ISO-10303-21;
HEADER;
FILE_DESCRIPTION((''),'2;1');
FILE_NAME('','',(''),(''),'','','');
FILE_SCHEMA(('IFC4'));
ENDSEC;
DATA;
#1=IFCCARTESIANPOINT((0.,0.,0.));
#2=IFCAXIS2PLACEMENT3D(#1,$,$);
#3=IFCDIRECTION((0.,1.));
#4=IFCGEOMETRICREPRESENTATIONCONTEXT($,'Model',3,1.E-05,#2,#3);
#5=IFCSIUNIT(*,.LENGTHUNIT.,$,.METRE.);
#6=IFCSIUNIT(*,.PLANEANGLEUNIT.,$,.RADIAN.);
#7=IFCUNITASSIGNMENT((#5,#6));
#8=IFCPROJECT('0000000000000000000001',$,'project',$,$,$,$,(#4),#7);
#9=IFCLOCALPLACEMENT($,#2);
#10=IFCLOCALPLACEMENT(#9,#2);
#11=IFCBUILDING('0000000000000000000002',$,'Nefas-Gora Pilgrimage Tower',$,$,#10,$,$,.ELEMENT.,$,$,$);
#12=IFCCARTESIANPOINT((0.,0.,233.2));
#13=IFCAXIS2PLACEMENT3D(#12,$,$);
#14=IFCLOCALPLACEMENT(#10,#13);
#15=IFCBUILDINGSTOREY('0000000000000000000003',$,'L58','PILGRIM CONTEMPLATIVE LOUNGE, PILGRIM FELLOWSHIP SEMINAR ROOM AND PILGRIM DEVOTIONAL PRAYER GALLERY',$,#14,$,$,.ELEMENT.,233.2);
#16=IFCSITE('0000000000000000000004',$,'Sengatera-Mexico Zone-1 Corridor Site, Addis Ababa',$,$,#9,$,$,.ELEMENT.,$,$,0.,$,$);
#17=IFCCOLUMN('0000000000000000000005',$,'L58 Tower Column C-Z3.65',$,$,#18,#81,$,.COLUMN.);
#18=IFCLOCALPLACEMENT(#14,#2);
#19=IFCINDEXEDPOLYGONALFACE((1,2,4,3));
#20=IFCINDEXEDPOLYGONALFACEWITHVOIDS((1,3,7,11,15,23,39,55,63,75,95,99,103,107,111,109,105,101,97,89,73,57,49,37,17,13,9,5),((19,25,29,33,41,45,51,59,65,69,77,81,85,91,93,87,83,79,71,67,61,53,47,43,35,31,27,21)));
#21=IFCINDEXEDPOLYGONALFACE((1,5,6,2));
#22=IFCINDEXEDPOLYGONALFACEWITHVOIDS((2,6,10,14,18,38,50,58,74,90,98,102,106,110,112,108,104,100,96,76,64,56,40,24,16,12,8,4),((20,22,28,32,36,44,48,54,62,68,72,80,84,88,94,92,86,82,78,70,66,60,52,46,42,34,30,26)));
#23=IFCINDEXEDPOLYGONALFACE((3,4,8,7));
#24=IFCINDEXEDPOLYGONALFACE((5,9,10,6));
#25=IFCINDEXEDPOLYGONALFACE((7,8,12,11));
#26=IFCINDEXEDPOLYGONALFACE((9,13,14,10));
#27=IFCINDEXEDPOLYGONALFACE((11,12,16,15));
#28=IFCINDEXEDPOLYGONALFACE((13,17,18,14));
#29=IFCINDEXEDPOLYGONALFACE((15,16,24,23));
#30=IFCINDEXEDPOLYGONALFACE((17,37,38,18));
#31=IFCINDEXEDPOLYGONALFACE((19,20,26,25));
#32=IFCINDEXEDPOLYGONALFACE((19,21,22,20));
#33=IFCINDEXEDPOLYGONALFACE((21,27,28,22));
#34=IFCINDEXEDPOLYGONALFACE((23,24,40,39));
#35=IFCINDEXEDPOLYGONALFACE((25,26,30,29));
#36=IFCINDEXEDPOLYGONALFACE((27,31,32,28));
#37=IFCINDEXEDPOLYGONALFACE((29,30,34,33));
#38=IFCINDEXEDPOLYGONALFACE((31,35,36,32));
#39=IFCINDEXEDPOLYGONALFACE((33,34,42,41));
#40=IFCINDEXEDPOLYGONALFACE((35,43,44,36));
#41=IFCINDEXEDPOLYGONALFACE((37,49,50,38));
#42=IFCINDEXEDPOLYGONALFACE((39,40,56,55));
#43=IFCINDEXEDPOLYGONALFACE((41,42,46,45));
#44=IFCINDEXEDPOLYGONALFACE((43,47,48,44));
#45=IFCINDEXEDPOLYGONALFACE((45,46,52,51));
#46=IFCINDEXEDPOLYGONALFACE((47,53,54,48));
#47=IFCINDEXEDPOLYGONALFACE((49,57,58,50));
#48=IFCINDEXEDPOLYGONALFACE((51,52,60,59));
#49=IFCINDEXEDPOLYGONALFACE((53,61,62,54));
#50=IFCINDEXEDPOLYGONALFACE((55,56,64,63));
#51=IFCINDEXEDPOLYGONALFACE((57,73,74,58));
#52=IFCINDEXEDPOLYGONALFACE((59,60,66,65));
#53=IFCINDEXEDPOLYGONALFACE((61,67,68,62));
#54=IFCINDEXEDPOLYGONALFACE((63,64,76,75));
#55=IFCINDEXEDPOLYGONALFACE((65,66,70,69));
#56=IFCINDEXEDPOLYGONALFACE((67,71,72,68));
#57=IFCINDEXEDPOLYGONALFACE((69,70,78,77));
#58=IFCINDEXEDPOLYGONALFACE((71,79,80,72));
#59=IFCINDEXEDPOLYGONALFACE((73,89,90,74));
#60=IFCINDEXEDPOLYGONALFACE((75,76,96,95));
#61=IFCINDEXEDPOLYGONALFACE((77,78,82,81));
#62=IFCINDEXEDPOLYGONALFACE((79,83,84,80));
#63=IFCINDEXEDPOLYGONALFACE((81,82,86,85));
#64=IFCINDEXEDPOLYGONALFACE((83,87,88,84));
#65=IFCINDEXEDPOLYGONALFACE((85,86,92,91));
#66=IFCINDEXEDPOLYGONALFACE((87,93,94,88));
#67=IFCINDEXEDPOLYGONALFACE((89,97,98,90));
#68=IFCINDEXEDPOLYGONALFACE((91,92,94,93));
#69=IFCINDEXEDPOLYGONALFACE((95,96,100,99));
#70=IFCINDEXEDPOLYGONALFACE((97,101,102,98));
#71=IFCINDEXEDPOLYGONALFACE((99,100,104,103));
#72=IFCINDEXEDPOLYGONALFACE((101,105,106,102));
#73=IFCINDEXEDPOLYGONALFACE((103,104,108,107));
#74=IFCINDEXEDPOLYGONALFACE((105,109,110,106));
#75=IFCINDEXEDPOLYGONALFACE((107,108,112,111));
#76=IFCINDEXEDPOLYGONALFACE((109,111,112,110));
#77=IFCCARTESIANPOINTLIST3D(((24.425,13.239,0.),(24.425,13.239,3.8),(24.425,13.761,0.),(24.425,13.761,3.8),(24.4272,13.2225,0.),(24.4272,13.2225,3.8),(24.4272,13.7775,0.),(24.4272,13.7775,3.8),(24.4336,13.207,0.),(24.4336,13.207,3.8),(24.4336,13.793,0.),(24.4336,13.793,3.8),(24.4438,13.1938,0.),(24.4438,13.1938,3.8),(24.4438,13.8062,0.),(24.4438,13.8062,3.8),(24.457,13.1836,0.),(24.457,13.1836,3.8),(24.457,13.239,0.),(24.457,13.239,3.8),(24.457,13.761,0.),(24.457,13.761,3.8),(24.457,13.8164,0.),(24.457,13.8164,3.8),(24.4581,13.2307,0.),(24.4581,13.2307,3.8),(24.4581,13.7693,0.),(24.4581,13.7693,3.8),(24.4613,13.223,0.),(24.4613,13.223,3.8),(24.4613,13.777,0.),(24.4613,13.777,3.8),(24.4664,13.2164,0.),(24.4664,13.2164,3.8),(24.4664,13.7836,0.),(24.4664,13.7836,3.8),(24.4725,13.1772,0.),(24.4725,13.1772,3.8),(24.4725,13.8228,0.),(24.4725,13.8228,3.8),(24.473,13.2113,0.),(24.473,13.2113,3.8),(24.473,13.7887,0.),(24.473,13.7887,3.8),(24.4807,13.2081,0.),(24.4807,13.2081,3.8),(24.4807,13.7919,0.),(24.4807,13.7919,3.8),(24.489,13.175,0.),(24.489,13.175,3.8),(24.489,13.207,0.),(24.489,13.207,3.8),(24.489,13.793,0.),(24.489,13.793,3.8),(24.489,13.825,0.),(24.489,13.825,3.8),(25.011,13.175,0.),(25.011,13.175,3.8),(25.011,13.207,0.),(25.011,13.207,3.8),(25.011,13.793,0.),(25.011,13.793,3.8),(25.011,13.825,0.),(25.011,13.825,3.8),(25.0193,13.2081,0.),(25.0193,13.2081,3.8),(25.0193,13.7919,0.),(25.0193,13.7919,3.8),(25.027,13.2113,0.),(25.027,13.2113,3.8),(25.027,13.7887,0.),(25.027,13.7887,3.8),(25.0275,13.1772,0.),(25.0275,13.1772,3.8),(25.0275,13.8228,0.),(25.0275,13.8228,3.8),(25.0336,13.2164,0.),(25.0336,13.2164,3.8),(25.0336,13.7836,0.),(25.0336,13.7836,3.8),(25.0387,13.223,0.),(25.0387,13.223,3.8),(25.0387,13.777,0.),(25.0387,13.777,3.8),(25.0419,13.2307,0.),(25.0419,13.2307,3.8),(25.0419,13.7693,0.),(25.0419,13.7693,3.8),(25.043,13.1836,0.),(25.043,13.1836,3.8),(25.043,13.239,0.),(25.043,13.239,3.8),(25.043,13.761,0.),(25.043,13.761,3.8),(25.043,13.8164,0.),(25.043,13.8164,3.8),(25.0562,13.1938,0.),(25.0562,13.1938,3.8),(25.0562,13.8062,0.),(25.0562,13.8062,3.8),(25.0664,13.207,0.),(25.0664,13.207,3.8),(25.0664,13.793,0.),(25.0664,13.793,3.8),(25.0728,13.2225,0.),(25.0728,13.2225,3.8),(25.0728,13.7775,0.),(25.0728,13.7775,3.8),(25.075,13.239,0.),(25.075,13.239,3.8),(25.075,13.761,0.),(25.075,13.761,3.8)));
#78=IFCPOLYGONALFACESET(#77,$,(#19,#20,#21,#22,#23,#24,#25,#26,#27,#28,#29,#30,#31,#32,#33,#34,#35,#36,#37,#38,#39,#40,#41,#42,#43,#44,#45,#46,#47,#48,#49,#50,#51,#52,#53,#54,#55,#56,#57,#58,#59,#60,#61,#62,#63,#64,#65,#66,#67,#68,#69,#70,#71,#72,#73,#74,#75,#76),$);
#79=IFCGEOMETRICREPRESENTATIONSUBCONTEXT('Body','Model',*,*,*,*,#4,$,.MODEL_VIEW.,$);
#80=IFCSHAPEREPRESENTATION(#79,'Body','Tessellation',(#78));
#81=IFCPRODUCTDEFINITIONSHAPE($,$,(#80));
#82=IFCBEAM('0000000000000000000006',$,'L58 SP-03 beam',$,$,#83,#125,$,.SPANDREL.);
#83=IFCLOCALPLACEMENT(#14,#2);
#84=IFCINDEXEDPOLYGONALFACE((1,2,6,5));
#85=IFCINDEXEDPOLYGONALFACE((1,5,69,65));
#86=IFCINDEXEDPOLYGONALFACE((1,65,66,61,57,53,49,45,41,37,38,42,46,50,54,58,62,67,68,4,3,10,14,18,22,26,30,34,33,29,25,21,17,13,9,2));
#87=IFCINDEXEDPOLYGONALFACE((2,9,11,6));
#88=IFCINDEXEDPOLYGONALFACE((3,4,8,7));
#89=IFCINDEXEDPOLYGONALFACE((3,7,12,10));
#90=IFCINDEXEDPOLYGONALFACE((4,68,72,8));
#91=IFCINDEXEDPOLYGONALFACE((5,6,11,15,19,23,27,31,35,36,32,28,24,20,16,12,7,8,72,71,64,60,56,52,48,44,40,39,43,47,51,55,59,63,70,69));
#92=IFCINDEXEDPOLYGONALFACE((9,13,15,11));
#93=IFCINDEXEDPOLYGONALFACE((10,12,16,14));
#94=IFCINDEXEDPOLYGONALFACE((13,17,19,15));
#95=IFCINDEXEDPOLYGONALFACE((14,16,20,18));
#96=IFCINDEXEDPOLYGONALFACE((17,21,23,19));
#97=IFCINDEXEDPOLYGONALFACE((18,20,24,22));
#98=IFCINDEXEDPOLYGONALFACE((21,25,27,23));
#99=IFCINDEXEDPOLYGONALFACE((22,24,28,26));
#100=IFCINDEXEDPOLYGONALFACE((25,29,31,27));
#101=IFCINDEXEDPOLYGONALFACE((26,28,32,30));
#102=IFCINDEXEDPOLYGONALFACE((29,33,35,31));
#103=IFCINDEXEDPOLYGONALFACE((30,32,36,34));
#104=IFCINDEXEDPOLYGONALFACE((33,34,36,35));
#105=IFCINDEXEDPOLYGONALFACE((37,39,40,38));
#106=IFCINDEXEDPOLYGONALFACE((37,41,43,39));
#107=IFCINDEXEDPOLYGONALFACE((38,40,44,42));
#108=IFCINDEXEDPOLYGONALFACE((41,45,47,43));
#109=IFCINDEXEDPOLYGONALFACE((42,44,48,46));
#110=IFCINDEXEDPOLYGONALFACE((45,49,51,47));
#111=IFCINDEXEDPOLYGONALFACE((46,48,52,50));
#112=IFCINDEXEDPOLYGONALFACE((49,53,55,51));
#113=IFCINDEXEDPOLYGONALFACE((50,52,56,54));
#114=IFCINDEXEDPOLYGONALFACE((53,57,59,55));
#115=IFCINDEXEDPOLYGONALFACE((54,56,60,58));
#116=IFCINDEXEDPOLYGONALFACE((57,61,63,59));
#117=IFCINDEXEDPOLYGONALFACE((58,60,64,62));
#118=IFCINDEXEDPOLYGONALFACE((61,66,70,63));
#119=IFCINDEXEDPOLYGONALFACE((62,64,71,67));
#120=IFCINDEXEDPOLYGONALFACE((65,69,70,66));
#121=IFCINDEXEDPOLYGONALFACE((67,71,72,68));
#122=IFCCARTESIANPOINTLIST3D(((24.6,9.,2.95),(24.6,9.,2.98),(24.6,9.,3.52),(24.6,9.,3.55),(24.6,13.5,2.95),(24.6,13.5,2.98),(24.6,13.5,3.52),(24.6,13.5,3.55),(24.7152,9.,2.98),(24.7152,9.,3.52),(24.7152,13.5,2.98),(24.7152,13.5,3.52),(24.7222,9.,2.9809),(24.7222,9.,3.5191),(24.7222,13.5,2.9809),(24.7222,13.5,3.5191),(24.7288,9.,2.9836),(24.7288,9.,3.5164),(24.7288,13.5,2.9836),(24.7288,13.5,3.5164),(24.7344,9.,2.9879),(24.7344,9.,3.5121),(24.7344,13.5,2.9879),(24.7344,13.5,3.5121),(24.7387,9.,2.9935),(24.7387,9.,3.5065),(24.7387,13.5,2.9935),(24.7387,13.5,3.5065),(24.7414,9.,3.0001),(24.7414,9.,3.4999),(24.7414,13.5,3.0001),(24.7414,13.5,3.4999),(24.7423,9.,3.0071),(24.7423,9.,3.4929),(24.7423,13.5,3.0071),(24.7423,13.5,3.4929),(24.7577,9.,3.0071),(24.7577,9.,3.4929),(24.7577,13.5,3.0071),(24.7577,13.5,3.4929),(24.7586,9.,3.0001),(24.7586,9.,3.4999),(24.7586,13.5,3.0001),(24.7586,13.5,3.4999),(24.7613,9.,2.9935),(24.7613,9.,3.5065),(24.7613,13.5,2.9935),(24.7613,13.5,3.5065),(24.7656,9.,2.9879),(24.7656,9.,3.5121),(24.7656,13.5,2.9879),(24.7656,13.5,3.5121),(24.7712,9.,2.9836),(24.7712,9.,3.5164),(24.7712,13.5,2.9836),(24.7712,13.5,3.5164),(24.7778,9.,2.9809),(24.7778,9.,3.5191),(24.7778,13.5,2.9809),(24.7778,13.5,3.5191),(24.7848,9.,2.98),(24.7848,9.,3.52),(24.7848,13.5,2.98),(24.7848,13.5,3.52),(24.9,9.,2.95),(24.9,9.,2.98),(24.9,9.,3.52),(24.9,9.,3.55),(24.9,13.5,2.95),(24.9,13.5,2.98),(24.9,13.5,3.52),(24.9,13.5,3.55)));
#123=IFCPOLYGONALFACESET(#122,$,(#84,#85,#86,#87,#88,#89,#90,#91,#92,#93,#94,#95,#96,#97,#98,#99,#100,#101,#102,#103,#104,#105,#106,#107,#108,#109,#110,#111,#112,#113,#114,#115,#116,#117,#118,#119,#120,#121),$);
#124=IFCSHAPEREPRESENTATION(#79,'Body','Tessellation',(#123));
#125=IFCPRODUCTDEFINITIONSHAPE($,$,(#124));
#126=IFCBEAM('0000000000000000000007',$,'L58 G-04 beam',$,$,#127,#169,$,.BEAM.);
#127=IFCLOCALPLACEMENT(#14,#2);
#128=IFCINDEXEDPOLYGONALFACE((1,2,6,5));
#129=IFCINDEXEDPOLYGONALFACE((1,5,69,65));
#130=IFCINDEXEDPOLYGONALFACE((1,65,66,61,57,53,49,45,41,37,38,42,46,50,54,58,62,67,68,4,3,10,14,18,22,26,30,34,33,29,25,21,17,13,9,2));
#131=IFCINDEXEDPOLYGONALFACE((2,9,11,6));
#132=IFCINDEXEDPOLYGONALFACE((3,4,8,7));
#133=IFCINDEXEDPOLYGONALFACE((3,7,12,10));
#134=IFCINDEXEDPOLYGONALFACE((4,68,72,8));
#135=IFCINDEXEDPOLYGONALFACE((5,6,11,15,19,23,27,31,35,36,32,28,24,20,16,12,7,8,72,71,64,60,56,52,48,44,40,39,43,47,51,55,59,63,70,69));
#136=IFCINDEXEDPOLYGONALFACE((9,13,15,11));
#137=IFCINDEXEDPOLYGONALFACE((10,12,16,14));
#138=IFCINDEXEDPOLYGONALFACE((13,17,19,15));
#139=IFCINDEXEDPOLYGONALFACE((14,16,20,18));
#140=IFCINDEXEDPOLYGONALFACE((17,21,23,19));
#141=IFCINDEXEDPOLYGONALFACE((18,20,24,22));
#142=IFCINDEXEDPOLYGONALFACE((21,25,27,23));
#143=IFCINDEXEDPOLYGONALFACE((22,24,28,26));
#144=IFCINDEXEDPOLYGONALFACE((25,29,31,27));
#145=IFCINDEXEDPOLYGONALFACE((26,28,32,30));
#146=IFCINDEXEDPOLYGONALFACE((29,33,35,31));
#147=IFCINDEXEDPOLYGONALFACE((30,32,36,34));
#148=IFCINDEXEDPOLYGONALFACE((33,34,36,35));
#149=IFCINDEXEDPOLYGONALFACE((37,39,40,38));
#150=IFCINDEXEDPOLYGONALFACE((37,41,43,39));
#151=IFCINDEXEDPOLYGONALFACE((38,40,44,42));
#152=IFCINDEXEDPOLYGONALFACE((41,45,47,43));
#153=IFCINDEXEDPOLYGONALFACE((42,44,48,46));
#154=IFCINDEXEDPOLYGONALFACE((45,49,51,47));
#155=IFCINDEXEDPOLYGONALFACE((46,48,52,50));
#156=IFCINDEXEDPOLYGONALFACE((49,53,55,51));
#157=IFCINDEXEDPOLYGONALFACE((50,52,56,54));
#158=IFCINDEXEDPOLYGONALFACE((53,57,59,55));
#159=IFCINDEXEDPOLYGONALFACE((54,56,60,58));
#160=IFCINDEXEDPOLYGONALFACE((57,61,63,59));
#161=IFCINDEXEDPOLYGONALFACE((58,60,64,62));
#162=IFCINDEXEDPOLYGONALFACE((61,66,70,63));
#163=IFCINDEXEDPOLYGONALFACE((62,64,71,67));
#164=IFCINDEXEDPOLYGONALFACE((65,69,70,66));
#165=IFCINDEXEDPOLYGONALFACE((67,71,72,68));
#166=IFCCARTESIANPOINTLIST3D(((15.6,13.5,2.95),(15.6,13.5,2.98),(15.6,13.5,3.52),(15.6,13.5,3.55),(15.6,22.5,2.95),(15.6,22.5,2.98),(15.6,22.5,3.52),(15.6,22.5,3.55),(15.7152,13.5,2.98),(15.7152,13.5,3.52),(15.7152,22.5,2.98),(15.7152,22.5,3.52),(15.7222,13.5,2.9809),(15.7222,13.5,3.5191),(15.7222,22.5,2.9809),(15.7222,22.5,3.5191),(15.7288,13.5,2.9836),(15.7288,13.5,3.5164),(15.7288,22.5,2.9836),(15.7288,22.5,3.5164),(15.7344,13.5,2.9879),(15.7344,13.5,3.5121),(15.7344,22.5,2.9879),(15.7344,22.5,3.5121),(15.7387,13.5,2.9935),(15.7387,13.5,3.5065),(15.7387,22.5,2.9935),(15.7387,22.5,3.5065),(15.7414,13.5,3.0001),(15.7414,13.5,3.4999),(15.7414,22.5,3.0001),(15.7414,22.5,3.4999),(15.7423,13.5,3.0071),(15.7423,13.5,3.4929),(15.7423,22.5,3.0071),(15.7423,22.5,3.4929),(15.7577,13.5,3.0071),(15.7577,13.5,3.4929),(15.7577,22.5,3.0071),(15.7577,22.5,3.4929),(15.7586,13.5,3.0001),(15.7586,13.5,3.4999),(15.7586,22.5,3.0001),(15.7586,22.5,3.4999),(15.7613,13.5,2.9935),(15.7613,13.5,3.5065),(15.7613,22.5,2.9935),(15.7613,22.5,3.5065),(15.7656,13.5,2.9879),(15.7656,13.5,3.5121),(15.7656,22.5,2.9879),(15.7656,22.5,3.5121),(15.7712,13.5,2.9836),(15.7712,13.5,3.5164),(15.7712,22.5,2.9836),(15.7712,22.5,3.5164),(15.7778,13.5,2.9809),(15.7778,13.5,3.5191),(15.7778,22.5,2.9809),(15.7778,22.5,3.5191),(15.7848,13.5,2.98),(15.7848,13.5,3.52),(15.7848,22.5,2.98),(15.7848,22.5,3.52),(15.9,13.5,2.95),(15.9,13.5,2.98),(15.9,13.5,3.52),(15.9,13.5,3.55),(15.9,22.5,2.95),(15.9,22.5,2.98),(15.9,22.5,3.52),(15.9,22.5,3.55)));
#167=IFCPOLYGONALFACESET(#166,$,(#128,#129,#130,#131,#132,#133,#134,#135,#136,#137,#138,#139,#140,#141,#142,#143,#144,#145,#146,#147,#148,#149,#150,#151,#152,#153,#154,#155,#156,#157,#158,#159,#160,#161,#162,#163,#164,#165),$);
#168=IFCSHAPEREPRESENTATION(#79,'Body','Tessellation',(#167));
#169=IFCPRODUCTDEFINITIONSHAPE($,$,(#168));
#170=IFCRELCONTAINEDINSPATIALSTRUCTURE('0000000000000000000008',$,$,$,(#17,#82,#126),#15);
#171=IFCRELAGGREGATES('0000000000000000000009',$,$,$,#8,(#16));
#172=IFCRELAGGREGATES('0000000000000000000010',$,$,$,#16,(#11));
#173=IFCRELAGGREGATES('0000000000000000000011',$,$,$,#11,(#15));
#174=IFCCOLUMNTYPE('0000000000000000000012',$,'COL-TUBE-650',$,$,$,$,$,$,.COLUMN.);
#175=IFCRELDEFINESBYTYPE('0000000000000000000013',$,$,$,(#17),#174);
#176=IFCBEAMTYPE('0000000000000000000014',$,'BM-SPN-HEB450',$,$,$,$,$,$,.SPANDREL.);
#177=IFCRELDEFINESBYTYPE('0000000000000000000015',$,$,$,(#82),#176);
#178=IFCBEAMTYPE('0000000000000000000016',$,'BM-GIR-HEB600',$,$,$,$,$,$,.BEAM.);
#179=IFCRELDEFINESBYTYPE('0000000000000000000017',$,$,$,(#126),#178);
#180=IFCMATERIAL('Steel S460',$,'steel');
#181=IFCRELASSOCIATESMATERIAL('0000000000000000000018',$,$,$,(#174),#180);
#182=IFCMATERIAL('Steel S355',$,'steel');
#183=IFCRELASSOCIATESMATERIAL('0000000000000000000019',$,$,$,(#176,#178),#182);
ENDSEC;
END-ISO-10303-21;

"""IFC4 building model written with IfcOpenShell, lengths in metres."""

from ifc_helpers import new_model, si_unit, direction, frame, origin, origin_2d, place, context, subcontext, project, spatial, hollow_rectangle, i_section, extrude, source, transform, mapped, material, material_profile, profile_set, type_object, element, save


model = new_model("IFC4")

# Units and contexts
model_context = context("Model", 3, precision=1e-05, world=origin(), true_north=direction((0.0, 1.0)))
body_context = subcontext(model_context, "Body", "Model", "MODEL_VIEW")
ifc_project = project(units=[si_unit("LENGTHUNIT", "METRE"), si_unit("PLANEANGLEUNIT", "RADIAN")], contexts=[model_context])

# Site, building, storey
site_placement = place(None, origin())
site = spatial("IfcSite", under=ifc_project, at=site_placement, Name="Sengatera-Mexico Zone-1 Corridor Site, Addis Ababa", CompositionType="ELEMENT", RefElevation=0.0)
building_placement = place(site_placement, origin())
building = spatial("IfcBuilding", under=site, at=building_placement, Name="Nefas-Gora Pilgrimage Tower", CompositionType="ELEMENT")
storey_placement = place(building_placement, frame((0.0, 0.0, 233.2)))
storey = spatial("IfcBuildingStorey", under=building, at=storey_placement, Name="L58", Description="PILGRIM CONTEMPLATIVE LOUNGE, PILGRIM FELLOWSHIP SEMINAR ROOM AND PILGRIM DEVOTIONAL PRAYER GALLERY", CompositionType="ELEMENT", Elevation=233.2)

# Column
ifc_material_1 = material(Name="Steel S460", Category="steel")
ifc_material_profile_1 = material_profile(ifc_material_1, hollow_rectangle(XDim=0.6499, YDim=0.6499, WallThickness=0.032, InnerFilletRadius=0.032, OuterFilletRadius=0.064, at=origin_2d()), Name="BOX 650x650x32")
ifc_profile_set_1 = profile_set([ifc_material_profile_1], Name="Steel S460")
column_type_1 = type_object("IfcColumnType", Name="COL-TUBE-650", PredefinedType="COLUMN", material=ifc_profile_set_1)
shared_shape_1 = source(origin(), body_context, "Body", "SweptSolid", [
    extrude(hollow_rectangle(XDim=0.6499, YDim=0.6499, WallThickness=0.032, InnerFilletRadius=0.032, OuterFilletRadius=0.064, at=origin_2d()), origin(), (0.0, 0.0, 1.0), 3.8),
])
for number, where, z_axis, x_axis, name in (
    (1, (24.75, 13.5, 0.0), (0.0, 0.0, 1.0), (1.0, 0.0, 0.0), "L58 Tower Column C-Z3.65"),
):
    element("IfcColumn", number, at=place(storey_placement, frame(where, z_axis=z_axis, x_axis=x_axis)), inside=storey, type_object=column_type_1, Name=name, PredefinedType="COLUMN", context=body_context, shape_type="MappedRepresentation", body=[
        mapped(shared_shape_1, transform((0.0, 0.0, 0.0), x_axis=(1.0, 0.0, 0.0), y_axis=(0.0, 1.0, 0.0), z_axis=(0.0, 0.0, 1.0), scale=1.0)),
    ])

# Beams
ifc_material_2 = material(Name="Steel S355", Category="steel")
ifc_material_profile_2 = material_profile(ifc_material_2, i_section(OverallWidth=0.3, OverallDepth=0.6001, WebThickness=0.0154, FlangeThickness=0.03, FilletRadius=0.0271, at=origin_2d()), Name="HEB 600")
ifc_profile_set_2 = profile_set([ifc_material_profile_2], Name="Steel S355")
beam_type_1 = type_object("IfcBeamType", Name="BM-SPN-HEB450", PredefinedType="SPANDREL", material=ifc_profile_set_2)
shared_shape_2 = source(origin(), body_context, "Body", "SweptSolid", [
    extrude(i_section(OverallWidth=0.3, OverallDepth=0.6001, WebThickness=0.0154, FlangeThickness=0.03, FilletRadius=0.0271, at=origin_2d()), origin(), (0.0, 0.0, 1.0), 4.5),
])
beam_1_placement = place(storey_placement, frame((24.75, 9.0, 3.25), z_axis=(0.0, 1.0, 0.0), x_axis=(-1.0, 0.0, 0.0)))
element("IfcBeam", 2, at=beam_1_placement, inside=storey, type_object=beam_type_1, Name="L58 SP-03 beam", PredefinedType="SPANDREL", context=body_context, shape_type="MappedRepresentation", body=[
    mapped(shared_shape_2, transform((0.0, 0.0, 0.0), x_axis=(1.0, 0.0, 0.0), y_axis=(0.0, 1.0, 0.0), z_axis=(0.0, 0.0, 1.0), scale=1.0)),
])
ifc_material_profile_3 = material_profile(ifc_material_2, i_section(OverallWidth=0.3, OverallDepth=0.6001, WebThickness=0.0154, FlangeThickness=0.03, FilletRadius=0.0271, at=origin_2d()), Name="HEB 600")
ifc_profile_set_3 = profile_set([ifc_material_profile_3], Name="Steel S355")
beam_type_2 = type_object("IfcBeamType", Name="BM-GIR-HEB600", PredefinedType="BEAM", material=ifc_profile_set_3)
shared_shape_3 = source(origin(), body_context, "Body", "SweptSolid", [
    extrude(i_section(OverallWidth=0.3, OverallDepth=0.6001, WebThickness=0.0154, FlangeThickness=0.03, FilletRadius=0.0271, at=origin_2d()), origin(), (0.0, 0.0, 1.0), 9.0),
])
beam_2_placement = place(storey_placement, frame((15.75, 13.5, 3.25), z_axis=(0.0, 1.0, 0.0), x_axis=(-1.0, 0.0, 0.0)))
element("IfcBeam", 3, at=beam_2_placement, inside=storey, type_object=beam_type_2, Name="L58 G-04 beam", PredefinedType="BEAM", context=body_context, shape_type="MappedRepresentation", body=[
    mapped(shared_shape_3, transform((0.0, 0.0, 0.0), x_axis=(1.0, 0.0, 0.0), y_axis=(0.0, 1.0, 0.0), z_axis=(0.0, 0.0, 1.0), scale=1.0)),
])

save(model, "model.ifc")
